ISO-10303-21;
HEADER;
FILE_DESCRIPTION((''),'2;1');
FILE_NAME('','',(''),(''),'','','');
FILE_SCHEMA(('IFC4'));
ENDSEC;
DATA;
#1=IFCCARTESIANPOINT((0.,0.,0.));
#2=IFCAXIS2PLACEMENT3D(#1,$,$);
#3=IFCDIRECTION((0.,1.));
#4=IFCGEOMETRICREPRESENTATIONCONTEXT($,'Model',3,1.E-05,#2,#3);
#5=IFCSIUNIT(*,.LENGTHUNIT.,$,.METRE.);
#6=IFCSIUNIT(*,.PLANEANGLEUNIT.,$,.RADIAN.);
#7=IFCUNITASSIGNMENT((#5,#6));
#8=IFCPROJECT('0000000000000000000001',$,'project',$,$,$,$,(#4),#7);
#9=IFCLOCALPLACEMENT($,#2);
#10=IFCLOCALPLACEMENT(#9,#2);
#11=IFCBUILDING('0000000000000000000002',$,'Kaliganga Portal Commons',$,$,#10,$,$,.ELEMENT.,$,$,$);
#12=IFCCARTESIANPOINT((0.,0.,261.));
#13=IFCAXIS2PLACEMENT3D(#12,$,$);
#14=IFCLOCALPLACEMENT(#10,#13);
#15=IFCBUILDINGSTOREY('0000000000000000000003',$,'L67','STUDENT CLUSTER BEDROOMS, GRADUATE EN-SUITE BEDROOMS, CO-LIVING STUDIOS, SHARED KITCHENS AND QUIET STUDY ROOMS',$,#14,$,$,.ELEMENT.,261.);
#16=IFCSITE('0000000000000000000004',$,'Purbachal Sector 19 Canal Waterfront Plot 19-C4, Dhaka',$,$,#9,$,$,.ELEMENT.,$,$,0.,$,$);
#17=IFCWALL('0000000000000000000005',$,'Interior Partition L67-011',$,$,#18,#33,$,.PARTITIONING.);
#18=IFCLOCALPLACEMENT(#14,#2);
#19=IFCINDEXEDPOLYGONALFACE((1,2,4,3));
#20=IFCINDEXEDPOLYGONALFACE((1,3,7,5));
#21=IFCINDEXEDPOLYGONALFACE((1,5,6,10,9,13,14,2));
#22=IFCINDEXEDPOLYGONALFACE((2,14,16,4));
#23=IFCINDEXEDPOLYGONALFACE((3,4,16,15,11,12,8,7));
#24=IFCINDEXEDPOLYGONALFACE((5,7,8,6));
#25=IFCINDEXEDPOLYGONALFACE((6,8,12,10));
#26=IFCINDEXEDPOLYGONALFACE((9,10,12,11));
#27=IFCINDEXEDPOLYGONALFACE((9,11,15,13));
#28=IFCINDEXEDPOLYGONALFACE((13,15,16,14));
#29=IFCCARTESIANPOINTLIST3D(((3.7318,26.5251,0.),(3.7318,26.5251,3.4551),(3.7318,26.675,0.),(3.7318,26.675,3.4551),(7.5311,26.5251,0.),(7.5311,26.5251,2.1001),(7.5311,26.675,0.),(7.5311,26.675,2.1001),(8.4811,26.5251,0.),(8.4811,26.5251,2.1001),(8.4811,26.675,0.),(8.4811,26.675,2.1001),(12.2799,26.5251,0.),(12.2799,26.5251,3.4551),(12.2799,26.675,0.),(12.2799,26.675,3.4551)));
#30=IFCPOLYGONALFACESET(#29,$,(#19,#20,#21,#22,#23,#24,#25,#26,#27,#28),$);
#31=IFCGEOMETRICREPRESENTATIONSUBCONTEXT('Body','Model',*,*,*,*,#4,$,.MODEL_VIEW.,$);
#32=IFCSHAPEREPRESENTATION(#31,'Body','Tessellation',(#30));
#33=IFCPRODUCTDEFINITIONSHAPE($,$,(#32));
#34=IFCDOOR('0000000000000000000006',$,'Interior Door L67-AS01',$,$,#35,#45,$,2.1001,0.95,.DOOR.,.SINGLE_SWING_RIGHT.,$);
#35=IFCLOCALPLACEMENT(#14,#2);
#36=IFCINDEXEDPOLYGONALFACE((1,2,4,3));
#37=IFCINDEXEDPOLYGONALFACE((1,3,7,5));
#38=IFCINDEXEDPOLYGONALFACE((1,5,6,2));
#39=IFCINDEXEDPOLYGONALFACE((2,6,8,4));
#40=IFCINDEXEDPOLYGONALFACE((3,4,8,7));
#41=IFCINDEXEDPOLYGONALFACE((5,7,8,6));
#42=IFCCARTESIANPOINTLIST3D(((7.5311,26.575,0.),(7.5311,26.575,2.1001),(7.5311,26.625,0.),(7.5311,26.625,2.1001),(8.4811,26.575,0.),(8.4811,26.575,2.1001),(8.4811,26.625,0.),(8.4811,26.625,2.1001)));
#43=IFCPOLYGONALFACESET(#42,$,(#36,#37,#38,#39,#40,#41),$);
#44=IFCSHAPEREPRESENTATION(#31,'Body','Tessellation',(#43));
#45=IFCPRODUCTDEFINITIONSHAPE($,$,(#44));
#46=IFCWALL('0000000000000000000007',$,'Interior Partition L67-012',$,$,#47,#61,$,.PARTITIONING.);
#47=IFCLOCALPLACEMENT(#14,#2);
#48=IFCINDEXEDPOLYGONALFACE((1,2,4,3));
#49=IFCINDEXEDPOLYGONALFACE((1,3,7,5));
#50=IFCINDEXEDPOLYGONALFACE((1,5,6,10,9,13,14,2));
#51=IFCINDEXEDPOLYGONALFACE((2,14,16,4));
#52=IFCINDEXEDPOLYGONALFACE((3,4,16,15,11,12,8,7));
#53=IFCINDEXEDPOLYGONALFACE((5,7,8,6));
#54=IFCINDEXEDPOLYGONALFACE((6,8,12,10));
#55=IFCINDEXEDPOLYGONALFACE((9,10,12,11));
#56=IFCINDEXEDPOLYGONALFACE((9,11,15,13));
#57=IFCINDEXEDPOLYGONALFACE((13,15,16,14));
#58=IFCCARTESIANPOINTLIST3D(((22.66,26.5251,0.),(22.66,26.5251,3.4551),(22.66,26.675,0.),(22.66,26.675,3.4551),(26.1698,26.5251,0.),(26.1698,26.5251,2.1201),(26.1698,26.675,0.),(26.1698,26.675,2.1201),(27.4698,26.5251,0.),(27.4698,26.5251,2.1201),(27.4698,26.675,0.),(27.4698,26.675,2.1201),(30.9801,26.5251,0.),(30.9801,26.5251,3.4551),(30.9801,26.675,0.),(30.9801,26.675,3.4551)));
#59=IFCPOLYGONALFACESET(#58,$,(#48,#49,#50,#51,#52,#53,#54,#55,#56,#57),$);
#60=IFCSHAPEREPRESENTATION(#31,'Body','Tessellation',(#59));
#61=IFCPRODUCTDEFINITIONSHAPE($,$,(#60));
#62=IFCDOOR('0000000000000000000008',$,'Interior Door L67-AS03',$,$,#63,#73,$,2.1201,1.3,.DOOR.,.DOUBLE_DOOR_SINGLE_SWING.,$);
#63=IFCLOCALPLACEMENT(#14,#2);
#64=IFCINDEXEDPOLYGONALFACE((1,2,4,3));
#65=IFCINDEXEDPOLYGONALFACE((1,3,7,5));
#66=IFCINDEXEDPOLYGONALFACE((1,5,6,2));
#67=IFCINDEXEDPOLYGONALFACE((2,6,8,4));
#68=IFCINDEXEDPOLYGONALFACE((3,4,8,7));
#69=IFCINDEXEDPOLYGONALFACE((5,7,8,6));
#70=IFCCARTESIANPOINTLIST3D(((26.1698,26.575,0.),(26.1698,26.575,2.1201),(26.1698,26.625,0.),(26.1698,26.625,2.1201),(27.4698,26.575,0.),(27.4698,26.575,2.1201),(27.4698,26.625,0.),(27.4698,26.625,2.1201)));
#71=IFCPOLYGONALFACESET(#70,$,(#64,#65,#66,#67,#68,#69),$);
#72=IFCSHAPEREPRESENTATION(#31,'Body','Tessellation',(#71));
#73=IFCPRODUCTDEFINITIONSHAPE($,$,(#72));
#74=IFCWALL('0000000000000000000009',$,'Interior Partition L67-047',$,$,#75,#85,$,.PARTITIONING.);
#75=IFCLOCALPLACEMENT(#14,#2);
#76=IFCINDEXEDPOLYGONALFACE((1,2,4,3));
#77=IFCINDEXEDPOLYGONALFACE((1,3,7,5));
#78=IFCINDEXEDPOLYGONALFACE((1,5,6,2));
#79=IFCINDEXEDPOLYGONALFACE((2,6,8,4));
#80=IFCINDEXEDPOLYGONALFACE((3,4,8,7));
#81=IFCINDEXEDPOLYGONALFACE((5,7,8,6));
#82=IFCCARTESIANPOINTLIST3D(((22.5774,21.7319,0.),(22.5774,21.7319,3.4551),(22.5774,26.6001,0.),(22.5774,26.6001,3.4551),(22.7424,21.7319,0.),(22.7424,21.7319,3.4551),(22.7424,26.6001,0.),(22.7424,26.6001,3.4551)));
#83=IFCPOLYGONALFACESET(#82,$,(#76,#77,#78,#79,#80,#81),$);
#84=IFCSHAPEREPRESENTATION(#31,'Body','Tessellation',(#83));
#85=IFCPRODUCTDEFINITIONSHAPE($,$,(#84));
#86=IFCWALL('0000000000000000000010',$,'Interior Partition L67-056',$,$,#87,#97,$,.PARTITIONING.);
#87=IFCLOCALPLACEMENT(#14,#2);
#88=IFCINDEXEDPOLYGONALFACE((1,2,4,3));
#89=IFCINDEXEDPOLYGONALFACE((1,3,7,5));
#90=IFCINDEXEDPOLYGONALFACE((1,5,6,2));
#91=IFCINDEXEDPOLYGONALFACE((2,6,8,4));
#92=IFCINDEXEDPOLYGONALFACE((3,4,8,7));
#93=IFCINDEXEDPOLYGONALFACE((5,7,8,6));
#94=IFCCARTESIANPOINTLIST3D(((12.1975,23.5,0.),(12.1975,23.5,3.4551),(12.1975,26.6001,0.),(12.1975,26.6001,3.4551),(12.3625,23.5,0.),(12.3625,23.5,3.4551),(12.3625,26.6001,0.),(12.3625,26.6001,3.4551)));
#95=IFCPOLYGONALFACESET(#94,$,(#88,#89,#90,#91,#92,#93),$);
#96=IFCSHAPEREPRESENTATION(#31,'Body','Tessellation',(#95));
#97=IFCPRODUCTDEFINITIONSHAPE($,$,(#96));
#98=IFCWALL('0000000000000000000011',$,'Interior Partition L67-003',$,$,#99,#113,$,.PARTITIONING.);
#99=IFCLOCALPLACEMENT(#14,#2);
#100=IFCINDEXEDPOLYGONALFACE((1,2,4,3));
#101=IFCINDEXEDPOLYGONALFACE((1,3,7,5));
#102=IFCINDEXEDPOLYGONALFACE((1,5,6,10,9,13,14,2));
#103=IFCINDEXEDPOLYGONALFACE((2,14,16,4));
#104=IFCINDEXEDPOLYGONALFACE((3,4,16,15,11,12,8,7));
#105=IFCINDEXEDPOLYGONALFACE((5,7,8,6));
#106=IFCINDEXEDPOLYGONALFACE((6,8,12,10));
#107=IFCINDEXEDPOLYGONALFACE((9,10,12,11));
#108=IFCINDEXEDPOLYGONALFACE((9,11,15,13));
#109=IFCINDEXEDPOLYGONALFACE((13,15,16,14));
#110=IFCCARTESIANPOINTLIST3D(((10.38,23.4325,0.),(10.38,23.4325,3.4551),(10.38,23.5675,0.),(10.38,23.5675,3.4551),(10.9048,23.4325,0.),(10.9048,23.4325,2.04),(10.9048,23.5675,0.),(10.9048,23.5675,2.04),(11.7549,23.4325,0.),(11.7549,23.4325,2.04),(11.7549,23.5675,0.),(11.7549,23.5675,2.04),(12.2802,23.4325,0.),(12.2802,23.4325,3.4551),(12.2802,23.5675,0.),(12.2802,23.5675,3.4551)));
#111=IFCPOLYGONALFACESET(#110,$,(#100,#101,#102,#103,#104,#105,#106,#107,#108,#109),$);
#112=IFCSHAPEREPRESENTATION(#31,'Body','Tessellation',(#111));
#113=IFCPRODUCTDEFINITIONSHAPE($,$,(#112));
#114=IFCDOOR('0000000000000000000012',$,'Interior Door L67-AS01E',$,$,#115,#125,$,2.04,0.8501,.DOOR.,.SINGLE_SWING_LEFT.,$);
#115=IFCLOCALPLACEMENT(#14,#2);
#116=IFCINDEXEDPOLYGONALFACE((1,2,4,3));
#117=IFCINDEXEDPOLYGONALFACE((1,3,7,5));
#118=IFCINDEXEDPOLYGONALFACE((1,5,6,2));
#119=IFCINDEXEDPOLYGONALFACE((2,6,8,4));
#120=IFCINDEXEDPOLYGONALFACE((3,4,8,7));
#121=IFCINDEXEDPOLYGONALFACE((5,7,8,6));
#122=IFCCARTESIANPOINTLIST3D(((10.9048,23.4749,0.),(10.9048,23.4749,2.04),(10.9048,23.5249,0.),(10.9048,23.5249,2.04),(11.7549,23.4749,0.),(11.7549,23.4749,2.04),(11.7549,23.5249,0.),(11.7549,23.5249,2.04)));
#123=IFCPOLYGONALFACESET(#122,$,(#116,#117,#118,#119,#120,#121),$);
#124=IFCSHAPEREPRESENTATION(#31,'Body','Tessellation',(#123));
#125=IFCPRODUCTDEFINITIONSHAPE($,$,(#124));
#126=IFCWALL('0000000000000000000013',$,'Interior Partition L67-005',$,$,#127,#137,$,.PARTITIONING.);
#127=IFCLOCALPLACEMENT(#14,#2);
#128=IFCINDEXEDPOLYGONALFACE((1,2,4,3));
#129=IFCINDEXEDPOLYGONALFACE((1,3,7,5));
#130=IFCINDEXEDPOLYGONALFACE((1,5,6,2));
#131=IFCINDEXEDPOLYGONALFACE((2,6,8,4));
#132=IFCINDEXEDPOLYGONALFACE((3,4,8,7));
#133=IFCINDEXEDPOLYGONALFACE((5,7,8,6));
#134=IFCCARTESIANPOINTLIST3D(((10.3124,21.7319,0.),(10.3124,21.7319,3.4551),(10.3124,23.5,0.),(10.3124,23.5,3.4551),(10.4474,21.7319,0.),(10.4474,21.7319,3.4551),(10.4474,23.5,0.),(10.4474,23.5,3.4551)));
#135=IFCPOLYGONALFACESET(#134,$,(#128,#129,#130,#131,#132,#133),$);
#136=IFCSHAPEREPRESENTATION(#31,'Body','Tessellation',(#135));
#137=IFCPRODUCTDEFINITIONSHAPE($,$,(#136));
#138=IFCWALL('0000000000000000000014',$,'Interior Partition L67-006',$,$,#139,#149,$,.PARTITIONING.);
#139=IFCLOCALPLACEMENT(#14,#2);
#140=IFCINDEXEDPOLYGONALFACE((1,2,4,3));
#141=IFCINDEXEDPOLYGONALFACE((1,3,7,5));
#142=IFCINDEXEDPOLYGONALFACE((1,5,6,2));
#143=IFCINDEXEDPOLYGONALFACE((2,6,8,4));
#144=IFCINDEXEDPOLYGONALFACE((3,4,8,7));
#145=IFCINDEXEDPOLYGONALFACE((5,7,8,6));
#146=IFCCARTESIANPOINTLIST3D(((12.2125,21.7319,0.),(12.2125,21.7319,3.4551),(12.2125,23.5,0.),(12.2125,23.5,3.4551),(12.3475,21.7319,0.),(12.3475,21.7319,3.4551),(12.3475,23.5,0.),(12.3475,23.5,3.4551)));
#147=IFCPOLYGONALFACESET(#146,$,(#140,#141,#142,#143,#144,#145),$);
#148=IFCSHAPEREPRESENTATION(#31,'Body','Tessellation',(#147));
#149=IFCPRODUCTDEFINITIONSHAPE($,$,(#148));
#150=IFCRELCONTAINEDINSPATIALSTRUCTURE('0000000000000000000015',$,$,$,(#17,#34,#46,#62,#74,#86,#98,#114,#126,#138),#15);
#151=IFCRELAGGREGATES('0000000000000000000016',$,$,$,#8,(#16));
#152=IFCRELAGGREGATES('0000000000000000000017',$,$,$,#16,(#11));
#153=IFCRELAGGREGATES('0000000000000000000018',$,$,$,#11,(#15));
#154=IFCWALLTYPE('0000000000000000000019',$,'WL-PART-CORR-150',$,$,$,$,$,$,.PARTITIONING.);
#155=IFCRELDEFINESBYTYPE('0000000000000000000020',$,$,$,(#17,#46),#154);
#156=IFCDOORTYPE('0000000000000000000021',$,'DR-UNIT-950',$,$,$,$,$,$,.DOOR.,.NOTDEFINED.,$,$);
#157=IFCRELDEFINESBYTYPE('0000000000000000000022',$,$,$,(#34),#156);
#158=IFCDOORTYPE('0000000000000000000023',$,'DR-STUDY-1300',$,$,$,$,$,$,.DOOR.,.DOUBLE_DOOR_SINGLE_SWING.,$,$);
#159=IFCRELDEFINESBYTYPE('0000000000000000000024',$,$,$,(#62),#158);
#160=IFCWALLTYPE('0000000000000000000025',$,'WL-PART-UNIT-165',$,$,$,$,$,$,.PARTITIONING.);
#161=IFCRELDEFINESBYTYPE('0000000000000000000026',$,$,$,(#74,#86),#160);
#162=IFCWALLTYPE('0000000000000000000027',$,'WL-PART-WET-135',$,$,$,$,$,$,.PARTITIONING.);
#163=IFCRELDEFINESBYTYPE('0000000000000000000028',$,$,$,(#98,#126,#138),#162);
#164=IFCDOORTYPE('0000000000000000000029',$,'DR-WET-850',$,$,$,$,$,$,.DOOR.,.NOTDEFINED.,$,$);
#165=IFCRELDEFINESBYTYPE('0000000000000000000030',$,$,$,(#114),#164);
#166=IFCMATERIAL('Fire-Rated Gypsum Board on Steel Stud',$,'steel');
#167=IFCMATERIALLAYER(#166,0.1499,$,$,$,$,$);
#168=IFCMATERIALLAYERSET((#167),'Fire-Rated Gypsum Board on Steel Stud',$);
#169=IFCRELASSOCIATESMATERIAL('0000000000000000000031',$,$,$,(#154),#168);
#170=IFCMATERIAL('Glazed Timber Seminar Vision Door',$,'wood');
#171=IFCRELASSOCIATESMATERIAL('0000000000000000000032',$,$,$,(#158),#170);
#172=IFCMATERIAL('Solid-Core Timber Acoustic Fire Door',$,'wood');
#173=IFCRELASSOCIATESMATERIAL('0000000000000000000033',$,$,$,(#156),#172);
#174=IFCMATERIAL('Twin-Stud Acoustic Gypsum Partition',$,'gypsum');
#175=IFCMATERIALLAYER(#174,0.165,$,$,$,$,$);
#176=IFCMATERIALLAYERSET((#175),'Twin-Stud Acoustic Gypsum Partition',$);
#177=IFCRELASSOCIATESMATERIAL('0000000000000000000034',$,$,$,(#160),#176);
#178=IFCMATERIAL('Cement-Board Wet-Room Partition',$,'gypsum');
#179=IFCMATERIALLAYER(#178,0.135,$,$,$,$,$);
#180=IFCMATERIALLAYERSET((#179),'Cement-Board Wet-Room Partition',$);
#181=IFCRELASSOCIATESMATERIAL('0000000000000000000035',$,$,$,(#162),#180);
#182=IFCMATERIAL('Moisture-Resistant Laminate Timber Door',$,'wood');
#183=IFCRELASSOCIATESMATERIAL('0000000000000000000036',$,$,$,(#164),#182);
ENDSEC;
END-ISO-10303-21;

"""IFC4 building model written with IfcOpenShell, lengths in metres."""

from ifc_helpers import new_model, si_unit, direction, frame, frame_2d, origin, place, context, subcontext, project, spatial, rectangle, extrude, material, layer, layer_set, type_object, element, fill, save


model = new_model("IFC4")

# Units and contexts
model_context = context("Model", 3, precision=1e-05, world=origin(), true_north=direction((0.0, 1.0)))
body_context = subcontext(model_context, "Body", "Model", "MODEL_VIEW")
ifc_project = project(units=[si_unit("LENGTHUNIT", "METRE"), si_unit("PLANEANGLEUNIT", "RADIAN")], contexts=[model_context])

# Site, building, storey
site_placement = place(None, origin())
site = spatial("IfcSite", under=ifc_project, at=site_placement, Name="Purbachal Sector 19 Canal Waterfront Plot 19-C4, Dhaka", CompositionType="ELEMENT", RefElevation=0.0)
building_placement = place(site_placement, origin())
building = spatial("IfcBuilding", under=site, at=building_placement, Name="Kaliganga Portal Commons", CompositionType="ELEMENT")
storey_placement = place(building_placement, frame((0.0, 0.0, 261.0)))
storey = spatial("IfcBuildingStorey", under=building, at=storey_placement, Name="L67", Description="STUDENT CLUSTER BEDROOMS, GRADUATE EN-SUITE BEDROOMS, CO-LIVING STUDIOS, SHARED KITCHENS AND QUIET STUDY ROOMS", CompositionType="ELEMENT", Elevation=261.0)

# Walls, openings, doors
ifc_material_1 = material(Name="Fire-Rated Gypsum Board on Steel Stud", Category="steel")
ifc_layer_1 = layer(ifc_material_1, 0.1499)
ifc_layer_set_1 = layer_set([ifc_layer_1], Name="Fire-Rated Gypsum Board on Steel Stud")
wall_type_1 = type_object("IfcWallType", Name="WL-PART-CORR-150", PredefinedType="PARTITIONING", material=ifc_layer_set_1)
ifc_material_2 = material(Name="Glazed Timber Seminar Vision Door", Category="wood")
door_type_1 = type_object("IfcDoorType", Name="DR-STUDY-1300", OperationType="DOUBLE_DOOR_SINGLE_SWING", PredefinedType="DOOR", material=ifc_material_2)
wall_1_placement = place(storey_placement, frame((3.7319, 26.6001, 0.0), z_axis=(0.0, 0.0, 1.0), x_axis=(1.0, 0.0, 0.0)))
wall_1 = element("IfcWall", 1, at=wall_1_placement, inside=storey, type_object=wall_type_1, Name="Interior Partition L67-011", PredefinedType="PARTITIONING", context=body_context, shape_type="SweptSolid", body=[
    extrude(rectangle(XDim=8.5481, YDim=0.1499, at=frame_2d((4.2739, 0.0))), origin(), (0.0, 0.0, 1.0), 3.4551),
])
opening_1_placement = place(wall_1_placement, frame((3.7991, 0.0, 0.0)))
opening_1 = element("IfcOpeningElement", 2, at=opening_1_placement, cuts=wall_1, PredefinedType="OPENING", context=body_context, shape_type="SweptSolid", body=[
    extrude(rectangle(XDim=0.95, YDim=2.1001, at=frame_2d((0.4751, 1.05))), frame((0.0, 0.085, 0.0), z_axis=(0.0, -1.0, 0.0), x_axis=(1.0, 0.0, 0.0)), (0.0, 0.0, 1.0), 0.1699),
])
ifc_material_3 = material(Name="Solid-Core Timber Acoustic Fire Door", Category="wood")
door_type_2 = type_object("IfcDoorType", Name="DR-UNIT-950", OperationType="NOTDEFINED", PredefinedType="DOOR", material=ifc_material_3)
door_1_placement = place(opening_1_placement, origin())
door_1 = element("IfcDoor", 3, at=door_1_placement, inside=storey, type_object=door_type_2, Name="Interior Door L67-AS01", OperationType="SINGLE_SWING_RIGHT", OverallHeight=2.1001, OverallWidth=0.95, PredefinedType="DOOR", context=body_context, shape_type="SweptSolid", body=[
    extrude(rectangle(XDim=0.95, YDim=2.1001, at=frame_2d((0.4751, 1.05))), frame((0.0, 0.0249, 0.0), z_axis=(0.0, -1.0, 0.0), x_axis=(1.0, 0.0, 0.0)), (0.0, 0.0, 1.0), 0.05),
])
fill(opening_1, door_1)
wall_2_placement = place(storey_placement, frame((22.6599, 26.6001, 0.0), z_axis=(0.0, 0.0, 1.0), x_axis=(1.0, 0.0, 0.0)))
wall_2 = element("IfcWall", 4, at=wall_2_placement, inside=storey, type_object=wall_type_1, Name="Interior Partition L67-012", PredefinedType="PARTITIONING", context=body_context, shape_type="SweptSolid", body=[
    extrude(rectangle(XDim=8.3201, YDim=0.1499, at=frame_2d((4.1602, 0.0))), origin(), (0.0, 0.0, 1.0), 3.4551),
])
opening_2_placement = place(wall_2_placement, frame((3.51, 0.0, 0.0)))
opening_2 = element("IfcOpeningElement", 5, at=opening_2_placement, cuts=wall_2, PredefinedType="OPENING", context=body_context, shape_type="SweptSolid", body=[
    extrude(rectangle(XDim=1.3, YDim=2.1201, at=frame_2d((0.6499, 1.0601))), frame((0.0, 0.085, 0.0), z_axis=(0.0, -1.0, 0.0), x_axis=(1.0, 0.0, 0.0)), (0.0, 0.0, 1.0), 0.1699),
])
door_2_placement = place(opening_2_placement, origin())
door_2 = element("IfcDoor", 6, at=door_2_placement, inside=storey, type_object=door_type_1, Name="Interior Door L67-AS03", OperationType="DOUBLE_DOOR_SINGLE_SWING", OverallHeight=2.1201, OverallWidth=1.3, PredefinedType="DOOR", context=body_context, shape_type="SweptSolid", body=[
    extrude(rectangle(XDim=1.3, YDim=2.1201, at=frame_2d((0.6499, 1.0601))), frame((0.0, 0.0249, 0.0), z_axis=(0.0, -1.0, 0.0), x_axis=(1.0, 0.0, 0.0)), (0.0, 0.0, 1.0), 0.05),
])
fill(opening_2, door_2)

# Walls
ifc_material_4 = material(Name="Twin-Stud Acoustic Gypsum Partition", Category="gypsum")
ifc_layer_2 = layer(ifc_material_4, 0.165)
ifc_layer_set_2 = layer_set([ifc_layer_2], Name="Twin-Stud Acoustic Gypsum Partition")
wall_type_2 = type_object("IfcWallType", Name="WL-PART-UNIT-165", PredefinedType="PARTITIONING", material=ifc_layer_set_2)
wall_3_placement = place(storey_placement, frame((22.6599, 21.7319, 0.0), z_axis=(0.0, 0.0, 1.0), x_axis=(0.0, 1.0, 0.0)))
element("IfcWall", 7, at=wall_3_placement, inside=storey, type_object=wall_type_2, Name="Interior Partition L67-047", PredefinedType="PARTITIONING", context=body_context, shape_type="SweptSolid", body=[
    extrude(rectangle(XDim=4.8682, YDim=0.165, at=frame_2d((2.4341, 0.0))), origin(), (0.0, 0.0, 1.0), 3.4551),
])
wall_4_placement = place(storey_placement, frame((12.28, 23.5, 0.0), z_axis=(0.0, 0.0, 1.0), x_axis=(0.0, 1.0, 0.0)))
element("IfcWall", 8, at=wall_4_placement, inside=storey, type_object=wall_type_2, Name="Interior Partition L67-056", PredefinedType="PARTITIONING", context=body_context, shape_type="SweptSolid", body=[
    extrude(rectangle(XDim=3.1001, YDim=0.165, at=frame_2d((1.55, 0.0))), origin(), (0.0, 0.0, 1.0), 3.4551),
])

# Wall, opening, door
ifc_material_5 = material(Name="Cement-Board Wet-Room Partition", Category="gypsum")
ifc_layer_3 = layer(ifc_material_5, 0.135)
ifc_layer_set_3 = layer_set([ifc_layer_3], Name="Cement-Board Wet-Room Partition")
wall_type_3 = type_object("IfcWallType", Name="WL-PART-WET-135", PredefinedType="PARTITIONING", material=ifc_layer_set_3)
wall_5_placement = place(storey_placement, frame((10.3799, 23.5, 0.0), z_axis=(0.0, 0.0, 1.0), x_axis=(1.0, 0.0, 0.0)))
wall_5 = element("IfcWall", 9, at=wall_5_placement, inside=storey, type_object=wall_type_3, Name="Interior Partition L67-003", PredefinedType="PARTITIONING", context=body_context, shape_type="SweptSolid", body=[
    extrude(rectangle(XDim=1.9001, YDim=0.135, at=frame_2d((0.9502, 0.0))), origin(), (0.0, 0.0, 1.0), 3.4551),
])
opening_3_placement = place(wall_5_placement, frame((0.5249, 0.0, 0.0)))
opening_3 = element("IfcOpeningElement", 10, at=opening_3_placement, cuts=wall_5, PredefinedType="OPENING", context=body_context, shape_type="SweptSolid", body=[
    extrude(rectangle(XDim=0.8501, YDim=2.04, at=frame_2d((0.425, 1.02))), frame((0.0, 0.0776, 0.0), z_axis=(0.0, -1.0, 0.0), x_axis=(1.0, 0.0, 0.0)), (0.0, 0.0, 1.0), 0.155),
])
ifc_material_6 = material(Name="Moisture-Resistant Laminate Timber Door", Category="wood")
door_type_3 = type_object("IfcDoorType", Name="DR-WET-850", OperationType="NOTDEFINED", PredefinedType="DOOR", material=ifc_material_6)
door_3_placement = place(opening_3_placement, origin())
door_3 = element("IfcDoor", 11, at=door_3_placement, inside=storey, type_object=door_type_3, Name="Interior Door L67-AS01E", OperationType="SINGLE_SWING_LEFT", OverallHeight=2.04, OverallWidth=0.8501, PredefinedType="DOOR", context=body_context, shape_type="SweptSolid", body=[
    extrude(rectangle(XDim=0.8501, YDim=2.04, at=frame_2d((0.425, 1.02))), frame((0.0, 0.0249, 0.0), z_axis=(0.0, -1.0, 0.0), x_axis=(1.0, 0.0, 0.0)), (0.0, 0.0, 1.0), 0.05),
])
fill(opening_3, door_3)

# Walls
for number, where, z_axis, x_axis, name in (
    (12, (10.3799, 21.7319, 0.0), (0.0, 0.0, 1.0), (0.0, 1.0, 0.0), "Interior Partition L67-005"),
    (13, (12.28, 21.7319, 0.0), (0.0, 0.0, 1.0), (0.0, 1.0, 0.0), "Interior Partition L67-006"),
):
    element("IfcWall", number, at=place(storey_placement, frame(where, z_axis=z_axis, x_axis=x_axis)), inside=storey, type_object=wall_type_3, Name=name, PredefinedType="PARTITIONING", context=body_context, shape_type="SweptSolid", body=[
        extrude(rectangle(XDim=1.7681, YDim=0.135, at=frame_2d((0.884, 0.0))), origin(), (0.0, 0.0, 1.0), 3.4551),
    ])

save(model, "model.ifc")
